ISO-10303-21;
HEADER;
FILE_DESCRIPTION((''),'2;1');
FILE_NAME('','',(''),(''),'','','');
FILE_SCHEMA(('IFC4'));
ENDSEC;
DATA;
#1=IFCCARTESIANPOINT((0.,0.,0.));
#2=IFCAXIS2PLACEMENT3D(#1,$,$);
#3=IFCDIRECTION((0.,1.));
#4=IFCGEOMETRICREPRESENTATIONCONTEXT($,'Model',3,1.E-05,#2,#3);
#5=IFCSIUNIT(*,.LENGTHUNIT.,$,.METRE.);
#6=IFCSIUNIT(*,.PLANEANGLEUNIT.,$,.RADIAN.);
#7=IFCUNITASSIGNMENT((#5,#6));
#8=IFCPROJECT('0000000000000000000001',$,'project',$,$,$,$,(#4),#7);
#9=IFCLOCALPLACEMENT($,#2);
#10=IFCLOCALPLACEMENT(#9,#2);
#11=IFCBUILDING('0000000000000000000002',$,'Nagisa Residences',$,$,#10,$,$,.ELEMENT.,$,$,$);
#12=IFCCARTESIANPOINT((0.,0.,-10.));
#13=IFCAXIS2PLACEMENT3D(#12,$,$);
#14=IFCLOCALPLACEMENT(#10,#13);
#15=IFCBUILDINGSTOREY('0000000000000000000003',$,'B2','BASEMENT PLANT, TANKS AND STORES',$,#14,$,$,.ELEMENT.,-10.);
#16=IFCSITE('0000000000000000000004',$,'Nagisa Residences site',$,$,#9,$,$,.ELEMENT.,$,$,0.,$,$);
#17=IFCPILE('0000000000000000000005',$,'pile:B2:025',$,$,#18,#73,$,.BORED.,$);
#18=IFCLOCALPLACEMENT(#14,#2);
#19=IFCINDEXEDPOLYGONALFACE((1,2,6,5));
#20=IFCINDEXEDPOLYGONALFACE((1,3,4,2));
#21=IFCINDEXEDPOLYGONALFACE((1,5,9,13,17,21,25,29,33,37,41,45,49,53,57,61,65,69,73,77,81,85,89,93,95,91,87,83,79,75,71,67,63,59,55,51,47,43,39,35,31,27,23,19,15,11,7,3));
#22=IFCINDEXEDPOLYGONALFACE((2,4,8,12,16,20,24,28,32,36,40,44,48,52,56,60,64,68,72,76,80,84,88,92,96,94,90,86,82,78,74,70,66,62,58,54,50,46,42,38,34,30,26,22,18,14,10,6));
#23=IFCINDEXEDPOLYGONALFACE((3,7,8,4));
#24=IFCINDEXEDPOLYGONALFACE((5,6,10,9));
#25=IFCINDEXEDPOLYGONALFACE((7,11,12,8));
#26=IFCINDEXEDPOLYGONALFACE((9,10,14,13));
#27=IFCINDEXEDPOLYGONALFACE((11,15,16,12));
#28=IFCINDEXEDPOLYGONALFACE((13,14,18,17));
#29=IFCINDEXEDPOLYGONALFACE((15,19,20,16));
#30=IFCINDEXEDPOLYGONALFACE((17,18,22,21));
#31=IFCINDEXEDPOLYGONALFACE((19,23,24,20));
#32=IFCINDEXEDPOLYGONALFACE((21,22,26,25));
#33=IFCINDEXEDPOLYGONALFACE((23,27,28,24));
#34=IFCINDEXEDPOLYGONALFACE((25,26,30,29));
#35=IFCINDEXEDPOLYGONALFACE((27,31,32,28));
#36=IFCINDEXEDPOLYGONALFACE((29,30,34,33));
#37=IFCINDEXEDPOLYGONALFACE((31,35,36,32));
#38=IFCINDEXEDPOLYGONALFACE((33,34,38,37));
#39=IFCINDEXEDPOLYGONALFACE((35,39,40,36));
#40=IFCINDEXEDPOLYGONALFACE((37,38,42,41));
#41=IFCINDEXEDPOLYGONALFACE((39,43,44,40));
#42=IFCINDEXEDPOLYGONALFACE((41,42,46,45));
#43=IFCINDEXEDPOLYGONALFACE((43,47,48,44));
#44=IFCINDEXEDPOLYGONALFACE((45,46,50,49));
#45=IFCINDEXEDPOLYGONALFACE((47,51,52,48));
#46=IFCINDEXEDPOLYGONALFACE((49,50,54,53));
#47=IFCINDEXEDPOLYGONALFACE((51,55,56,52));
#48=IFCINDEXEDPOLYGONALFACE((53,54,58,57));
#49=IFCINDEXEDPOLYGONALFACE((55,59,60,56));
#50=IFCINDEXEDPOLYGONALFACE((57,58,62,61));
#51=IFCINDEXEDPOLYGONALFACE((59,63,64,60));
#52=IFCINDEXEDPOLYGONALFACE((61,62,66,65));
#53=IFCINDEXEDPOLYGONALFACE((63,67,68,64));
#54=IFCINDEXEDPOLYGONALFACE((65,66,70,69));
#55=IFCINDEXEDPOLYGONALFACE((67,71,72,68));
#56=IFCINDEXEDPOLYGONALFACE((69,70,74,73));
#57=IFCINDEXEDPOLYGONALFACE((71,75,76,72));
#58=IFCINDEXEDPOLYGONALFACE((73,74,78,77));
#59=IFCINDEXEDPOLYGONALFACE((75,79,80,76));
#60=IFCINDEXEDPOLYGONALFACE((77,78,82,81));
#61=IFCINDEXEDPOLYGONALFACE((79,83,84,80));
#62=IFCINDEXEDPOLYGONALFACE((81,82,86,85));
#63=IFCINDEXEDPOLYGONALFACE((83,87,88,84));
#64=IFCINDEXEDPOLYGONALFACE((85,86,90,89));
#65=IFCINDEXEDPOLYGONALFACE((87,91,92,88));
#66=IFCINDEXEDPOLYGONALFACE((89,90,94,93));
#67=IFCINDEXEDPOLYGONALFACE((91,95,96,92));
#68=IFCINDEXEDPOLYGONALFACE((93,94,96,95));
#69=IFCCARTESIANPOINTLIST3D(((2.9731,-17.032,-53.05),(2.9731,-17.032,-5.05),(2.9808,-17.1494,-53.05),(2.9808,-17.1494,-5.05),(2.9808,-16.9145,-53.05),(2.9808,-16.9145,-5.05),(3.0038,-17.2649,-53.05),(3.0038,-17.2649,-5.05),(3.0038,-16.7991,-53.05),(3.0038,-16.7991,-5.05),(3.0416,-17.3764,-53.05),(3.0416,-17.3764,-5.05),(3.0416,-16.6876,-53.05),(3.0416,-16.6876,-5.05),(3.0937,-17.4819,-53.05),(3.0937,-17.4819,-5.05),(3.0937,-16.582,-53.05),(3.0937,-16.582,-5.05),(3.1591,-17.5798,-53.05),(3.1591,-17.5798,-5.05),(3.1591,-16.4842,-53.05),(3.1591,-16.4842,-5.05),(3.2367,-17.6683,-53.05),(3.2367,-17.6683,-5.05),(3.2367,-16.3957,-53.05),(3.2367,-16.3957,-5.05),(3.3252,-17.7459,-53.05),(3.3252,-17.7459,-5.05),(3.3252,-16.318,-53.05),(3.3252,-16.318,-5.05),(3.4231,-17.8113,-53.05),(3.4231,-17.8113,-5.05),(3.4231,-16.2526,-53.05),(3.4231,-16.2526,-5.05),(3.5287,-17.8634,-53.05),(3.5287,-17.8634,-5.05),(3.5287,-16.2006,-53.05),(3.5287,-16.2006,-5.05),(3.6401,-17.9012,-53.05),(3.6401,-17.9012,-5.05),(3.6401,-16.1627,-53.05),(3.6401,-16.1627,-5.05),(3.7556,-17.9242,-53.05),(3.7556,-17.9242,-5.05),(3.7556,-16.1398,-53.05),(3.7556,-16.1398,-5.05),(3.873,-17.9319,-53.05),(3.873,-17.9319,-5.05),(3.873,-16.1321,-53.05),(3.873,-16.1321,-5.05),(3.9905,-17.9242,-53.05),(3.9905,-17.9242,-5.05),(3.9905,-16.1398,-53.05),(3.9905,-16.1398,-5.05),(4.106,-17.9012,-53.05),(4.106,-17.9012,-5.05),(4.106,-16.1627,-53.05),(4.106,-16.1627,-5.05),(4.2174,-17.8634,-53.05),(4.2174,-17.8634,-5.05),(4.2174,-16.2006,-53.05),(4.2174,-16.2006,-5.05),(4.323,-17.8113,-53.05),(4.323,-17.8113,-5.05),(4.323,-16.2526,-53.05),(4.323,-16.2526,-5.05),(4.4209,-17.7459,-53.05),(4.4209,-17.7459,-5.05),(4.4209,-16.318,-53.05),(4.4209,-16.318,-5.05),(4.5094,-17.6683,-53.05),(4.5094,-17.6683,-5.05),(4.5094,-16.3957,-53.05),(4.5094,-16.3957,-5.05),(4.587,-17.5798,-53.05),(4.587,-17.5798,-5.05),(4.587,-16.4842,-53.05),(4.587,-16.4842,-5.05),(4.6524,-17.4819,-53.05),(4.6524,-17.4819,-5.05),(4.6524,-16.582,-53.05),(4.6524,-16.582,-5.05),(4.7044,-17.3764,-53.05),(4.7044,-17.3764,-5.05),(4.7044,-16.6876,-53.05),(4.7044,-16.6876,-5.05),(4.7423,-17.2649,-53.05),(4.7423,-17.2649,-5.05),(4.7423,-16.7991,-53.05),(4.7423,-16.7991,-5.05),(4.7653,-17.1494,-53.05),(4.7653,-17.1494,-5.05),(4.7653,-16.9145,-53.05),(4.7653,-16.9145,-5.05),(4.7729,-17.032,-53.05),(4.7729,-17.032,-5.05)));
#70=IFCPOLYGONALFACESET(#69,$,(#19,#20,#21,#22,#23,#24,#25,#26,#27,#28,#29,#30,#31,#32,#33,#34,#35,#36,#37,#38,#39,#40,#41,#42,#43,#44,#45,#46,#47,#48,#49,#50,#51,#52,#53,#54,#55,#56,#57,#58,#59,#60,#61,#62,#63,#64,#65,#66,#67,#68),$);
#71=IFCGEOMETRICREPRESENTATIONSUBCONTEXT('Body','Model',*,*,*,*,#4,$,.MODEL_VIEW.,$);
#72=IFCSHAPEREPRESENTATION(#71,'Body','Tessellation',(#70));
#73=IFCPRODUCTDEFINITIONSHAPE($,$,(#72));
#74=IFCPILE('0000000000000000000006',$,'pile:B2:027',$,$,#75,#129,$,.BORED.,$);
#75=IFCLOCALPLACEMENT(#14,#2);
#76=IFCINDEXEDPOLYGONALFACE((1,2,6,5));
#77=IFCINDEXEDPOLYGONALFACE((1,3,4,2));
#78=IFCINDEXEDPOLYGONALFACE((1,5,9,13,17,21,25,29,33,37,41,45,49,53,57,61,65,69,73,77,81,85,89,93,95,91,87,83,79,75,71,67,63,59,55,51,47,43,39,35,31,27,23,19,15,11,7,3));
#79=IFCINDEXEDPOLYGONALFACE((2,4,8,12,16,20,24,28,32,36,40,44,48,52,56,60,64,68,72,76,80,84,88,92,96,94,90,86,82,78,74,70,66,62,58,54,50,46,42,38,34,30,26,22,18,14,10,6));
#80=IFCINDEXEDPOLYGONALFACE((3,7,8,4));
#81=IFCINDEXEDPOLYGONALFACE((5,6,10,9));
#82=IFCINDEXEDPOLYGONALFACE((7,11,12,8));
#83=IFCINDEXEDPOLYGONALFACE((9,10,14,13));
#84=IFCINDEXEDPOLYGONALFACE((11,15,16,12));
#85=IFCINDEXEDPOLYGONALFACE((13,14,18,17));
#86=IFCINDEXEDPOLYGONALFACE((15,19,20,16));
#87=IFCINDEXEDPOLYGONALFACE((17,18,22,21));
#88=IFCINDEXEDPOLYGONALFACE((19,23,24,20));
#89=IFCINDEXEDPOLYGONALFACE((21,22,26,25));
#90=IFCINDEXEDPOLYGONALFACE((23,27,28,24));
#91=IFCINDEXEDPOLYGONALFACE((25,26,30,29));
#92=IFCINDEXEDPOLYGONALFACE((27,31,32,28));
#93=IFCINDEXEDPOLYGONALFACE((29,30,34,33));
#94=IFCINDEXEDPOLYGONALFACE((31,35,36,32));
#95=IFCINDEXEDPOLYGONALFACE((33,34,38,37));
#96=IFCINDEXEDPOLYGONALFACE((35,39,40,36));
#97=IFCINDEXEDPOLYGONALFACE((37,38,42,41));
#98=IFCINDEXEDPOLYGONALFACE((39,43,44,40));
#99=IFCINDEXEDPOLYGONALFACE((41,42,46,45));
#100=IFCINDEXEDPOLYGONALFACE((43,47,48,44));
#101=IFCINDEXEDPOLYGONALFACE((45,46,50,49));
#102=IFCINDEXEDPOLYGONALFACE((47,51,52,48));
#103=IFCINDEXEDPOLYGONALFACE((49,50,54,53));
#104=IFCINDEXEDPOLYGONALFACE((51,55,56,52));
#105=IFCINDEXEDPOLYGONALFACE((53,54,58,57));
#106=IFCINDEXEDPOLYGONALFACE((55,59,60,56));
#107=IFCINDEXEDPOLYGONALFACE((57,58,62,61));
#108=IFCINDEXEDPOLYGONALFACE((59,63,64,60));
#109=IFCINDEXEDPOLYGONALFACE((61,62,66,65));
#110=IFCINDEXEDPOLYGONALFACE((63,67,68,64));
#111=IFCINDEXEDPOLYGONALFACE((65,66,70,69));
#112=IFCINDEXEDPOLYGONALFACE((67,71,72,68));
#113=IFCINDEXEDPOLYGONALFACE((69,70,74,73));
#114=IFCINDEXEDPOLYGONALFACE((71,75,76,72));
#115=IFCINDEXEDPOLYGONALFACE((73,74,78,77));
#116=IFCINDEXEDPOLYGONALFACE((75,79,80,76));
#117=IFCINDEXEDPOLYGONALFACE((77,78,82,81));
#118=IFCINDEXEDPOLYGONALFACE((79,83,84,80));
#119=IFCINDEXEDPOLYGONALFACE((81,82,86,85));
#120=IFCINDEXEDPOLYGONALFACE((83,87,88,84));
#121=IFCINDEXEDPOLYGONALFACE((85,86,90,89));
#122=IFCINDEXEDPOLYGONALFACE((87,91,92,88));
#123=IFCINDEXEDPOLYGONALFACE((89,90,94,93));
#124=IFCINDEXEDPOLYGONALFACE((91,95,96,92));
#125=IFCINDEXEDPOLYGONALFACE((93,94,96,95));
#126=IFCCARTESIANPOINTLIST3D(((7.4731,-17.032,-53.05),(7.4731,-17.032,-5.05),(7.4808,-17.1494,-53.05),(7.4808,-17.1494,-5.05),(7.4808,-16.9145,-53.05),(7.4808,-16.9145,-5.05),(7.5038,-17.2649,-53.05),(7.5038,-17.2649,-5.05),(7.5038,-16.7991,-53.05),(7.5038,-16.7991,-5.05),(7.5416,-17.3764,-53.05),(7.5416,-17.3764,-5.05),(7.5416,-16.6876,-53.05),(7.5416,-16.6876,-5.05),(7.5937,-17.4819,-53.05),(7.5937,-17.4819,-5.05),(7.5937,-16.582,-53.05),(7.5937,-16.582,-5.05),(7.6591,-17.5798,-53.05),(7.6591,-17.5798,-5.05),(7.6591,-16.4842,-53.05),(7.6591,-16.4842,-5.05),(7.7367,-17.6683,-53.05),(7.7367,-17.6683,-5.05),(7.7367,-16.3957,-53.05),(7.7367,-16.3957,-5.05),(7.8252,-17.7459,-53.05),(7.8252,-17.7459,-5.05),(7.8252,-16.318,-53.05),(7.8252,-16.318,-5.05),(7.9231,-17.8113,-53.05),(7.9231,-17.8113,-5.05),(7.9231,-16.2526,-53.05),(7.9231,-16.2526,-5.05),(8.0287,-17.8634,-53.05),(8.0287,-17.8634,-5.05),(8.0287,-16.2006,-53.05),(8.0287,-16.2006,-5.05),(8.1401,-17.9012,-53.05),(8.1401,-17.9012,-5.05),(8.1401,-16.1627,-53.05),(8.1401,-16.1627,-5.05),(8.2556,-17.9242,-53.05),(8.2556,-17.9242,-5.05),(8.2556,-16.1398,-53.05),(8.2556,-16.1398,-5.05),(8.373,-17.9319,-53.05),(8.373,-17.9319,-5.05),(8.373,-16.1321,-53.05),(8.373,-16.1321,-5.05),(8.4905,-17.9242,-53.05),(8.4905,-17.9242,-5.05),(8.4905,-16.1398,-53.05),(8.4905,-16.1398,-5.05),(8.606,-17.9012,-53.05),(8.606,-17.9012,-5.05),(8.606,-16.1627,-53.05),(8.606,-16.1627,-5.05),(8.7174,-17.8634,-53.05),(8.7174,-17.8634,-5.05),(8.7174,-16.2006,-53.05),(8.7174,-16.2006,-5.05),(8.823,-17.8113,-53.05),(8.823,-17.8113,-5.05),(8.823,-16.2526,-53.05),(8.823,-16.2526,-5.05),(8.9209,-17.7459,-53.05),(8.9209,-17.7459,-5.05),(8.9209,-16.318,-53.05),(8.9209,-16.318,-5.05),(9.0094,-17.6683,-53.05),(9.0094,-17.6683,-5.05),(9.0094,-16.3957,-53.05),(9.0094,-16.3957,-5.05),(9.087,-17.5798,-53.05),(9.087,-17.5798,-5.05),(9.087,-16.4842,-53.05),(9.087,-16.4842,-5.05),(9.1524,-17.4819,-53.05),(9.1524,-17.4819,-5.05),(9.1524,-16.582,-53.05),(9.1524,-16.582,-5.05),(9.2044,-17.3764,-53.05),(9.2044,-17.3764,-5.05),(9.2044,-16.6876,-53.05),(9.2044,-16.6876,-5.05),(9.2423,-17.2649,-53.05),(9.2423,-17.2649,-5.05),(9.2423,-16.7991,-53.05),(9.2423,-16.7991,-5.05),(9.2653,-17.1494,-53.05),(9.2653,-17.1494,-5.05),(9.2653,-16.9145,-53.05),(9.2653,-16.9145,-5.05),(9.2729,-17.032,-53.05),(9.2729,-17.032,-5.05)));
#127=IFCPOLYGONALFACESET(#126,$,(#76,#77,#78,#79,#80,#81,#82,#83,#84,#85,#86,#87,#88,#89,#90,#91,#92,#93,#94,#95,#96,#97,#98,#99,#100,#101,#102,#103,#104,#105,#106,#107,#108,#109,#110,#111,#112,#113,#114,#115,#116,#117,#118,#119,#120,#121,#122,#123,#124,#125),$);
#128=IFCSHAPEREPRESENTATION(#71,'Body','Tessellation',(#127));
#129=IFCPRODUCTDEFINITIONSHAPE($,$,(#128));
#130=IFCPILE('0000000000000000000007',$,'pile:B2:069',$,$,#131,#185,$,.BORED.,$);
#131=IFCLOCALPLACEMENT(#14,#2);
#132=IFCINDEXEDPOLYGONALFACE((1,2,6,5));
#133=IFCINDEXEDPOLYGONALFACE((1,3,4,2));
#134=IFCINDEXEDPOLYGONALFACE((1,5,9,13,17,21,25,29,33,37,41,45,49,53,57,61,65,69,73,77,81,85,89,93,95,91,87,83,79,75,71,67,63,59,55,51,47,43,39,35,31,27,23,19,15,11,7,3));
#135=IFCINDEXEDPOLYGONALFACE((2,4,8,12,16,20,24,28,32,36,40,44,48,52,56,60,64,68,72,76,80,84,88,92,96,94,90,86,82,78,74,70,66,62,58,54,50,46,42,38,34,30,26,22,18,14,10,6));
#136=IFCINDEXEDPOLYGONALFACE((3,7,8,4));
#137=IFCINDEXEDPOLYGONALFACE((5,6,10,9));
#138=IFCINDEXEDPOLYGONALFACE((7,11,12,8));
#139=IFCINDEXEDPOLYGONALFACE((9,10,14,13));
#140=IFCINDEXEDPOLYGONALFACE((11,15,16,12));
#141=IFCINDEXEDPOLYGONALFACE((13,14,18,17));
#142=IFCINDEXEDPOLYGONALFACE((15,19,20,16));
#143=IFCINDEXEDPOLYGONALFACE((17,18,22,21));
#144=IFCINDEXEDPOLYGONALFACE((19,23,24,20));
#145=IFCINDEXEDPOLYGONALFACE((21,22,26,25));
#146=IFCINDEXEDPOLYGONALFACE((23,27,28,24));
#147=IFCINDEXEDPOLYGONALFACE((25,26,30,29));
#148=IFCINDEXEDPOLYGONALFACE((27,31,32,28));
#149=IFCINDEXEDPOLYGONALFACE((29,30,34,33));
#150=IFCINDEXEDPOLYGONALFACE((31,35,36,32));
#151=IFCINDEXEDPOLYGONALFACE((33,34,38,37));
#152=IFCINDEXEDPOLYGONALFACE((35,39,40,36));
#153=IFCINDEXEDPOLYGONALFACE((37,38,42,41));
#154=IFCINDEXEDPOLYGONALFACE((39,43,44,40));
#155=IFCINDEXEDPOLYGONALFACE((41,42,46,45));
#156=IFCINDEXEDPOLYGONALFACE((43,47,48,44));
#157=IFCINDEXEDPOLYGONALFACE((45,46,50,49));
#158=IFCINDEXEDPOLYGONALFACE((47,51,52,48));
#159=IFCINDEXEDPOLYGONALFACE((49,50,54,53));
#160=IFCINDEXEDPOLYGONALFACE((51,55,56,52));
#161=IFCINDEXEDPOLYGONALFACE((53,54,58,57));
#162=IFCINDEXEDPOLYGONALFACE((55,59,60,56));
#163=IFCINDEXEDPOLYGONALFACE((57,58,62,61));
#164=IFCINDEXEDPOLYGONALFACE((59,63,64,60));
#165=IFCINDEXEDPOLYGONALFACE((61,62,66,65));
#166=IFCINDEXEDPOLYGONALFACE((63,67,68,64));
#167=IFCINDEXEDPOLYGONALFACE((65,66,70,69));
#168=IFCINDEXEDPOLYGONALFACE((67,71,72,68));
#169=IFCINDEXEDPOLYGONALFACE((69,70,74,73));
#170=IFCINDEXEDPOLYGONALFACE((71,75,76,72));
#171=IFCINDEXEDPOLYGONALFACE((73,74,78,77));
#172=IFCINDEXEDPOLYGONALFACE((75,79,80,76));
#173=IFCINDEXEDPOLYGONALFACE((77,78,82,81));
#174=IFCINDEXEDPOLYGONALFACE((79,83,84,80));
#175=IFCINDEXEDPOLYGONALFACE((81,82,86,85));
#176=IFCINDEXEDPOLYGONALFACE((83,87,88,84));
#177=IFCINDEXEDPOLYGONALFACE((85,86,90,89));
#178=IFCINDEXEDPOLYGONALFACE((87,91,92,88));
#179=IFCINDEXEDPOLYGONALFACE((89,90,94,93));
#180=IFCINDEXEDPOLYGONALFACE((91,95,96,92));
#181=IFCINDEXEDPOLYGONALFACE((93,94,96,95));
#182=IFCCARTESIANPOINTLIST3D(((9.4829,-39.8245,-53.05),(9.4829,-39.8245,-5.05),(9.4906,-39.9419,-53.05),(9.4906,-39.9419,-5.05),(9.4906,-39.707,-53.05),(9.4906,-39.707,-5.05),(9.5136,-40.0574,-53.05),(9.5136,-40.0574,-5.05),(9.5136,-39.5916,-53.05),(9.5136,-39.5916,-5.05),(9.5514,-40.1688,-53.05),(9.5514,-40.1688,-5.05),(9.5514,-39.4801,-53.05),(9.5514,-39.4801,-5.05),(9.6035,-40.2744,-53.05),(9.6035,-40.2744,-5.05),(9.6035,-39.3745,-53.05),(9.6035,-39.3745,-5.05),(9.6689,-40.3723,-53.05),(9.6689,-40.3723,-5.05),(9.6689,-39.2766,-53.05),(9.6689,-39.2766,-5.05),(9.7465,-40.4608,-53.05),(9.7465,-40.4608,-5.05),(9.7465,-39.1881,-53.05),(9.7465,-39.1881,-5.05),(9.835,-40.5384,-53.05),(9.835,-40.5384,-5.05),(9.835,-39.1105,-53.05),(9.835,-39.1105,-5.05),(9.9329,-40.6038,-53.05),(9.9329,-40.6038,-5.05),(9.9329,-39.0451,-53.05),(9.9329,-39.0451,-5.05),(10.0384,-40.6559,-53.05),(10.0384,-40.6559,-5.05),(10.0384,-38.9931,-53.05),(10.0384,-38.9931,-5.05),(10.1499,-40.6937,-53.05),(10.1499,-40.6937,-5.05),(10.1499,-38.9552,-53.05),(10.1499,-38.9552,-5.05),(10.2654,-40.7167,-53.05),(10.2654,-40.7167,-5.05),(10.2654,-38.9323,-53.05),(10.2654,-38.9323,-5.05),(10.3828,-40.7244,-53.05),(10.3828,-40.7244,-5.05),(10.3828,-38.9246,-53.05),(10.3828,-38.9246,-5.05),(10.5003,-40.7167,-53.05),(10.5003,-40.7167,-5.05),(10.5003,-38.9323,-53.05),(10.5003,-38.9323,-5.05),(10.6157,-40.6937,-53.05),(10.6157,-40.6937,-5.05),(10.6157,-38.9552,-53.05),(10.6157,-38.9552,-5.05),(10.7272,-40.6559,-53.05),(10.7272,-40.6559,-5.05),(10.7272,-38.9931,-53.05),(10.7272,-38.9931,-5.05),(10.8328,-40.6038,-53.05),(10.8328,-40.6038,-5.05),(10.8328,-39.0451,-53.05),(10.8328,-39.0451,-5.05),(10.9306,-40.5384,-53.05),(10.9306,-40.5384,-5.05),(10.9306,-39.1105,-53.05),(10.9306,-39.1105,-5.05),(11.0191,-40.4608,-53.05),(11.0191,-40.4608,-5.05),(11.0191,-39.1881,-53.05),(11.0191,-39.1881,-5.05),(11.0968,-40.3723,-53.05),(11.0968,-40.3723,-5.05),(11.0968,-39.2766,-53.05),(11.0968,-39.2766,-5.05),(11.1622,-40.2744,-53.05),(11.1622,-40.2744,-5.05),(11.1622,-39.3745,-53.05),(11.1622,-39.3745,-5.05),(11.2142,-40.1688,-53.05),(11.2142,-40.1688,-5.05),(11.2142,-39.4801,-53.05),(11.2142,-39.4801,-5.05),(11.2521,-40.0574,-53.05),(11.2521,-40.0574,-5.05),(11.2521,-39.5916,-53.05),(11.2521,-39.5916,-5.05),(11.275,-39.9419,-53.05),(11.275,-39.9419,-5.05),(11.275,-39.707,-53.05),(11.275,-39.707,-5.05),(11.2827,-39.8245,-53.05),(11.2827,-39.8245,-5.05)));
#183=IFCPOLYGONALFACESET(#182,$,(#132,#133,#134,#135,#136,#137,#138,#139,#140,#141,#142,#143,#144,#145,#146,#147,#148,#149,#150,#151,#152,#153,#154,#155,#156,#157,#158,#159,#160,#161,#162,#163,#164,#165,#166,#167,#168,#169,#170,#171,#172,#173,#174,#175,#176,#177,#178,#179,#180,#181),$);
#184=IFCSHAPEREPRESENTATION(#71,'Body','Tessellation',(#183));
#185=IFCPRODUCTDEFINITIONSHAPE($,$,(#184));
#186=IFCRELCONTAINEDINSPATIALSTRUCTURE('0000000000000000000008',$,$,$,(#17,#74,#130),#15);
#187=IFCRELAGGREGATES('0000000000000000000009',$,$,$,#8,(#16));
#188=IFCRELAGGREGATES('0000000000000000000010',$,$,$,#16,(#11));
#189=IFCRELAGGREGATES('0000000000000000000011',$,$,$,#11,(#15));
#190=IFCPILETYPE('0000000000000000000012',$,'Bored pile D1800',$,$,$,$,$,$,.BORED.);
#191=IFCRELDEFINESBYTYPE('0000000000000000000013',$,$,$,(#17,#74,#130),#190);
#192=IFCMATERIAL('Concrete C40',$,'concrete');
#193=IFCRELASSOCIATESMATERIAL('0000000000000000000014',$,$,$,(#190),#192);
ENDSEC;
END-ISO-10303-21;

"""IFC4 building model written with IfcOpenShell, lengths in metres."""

from ifc_helpers import new_model, si_unit, direction, frame, origin, origin_2d, place, context, subcontext, project, spatial, circle, extrude, material, material_profile, profile_set, type_object, element, save


model = new_model("IFC4")

# Units and contexts
model_context = context("Model", 3, precision=1e-05, world=origin(), true_north=direction((0.0, 1.0)))
body_context = subcontext(model_context, "Body", "Model", "MODEL_VIEW")
ifc_project = project(units=[si_unit("LENGTHUNIT", "METRE"), si_unit("PLANEANGLEUNIT", "RADIAN")], contexts=[model_context])

# Site, building, storey
site_placement = place(None, origin())
site = spatial("IfcSite", under=ifc_project, at=site_placement, Name="Nagisa Residences site", CompositionType="ELEMENT", RefElevation=0.0)
building_placement = place(site_placement, origin())
building = spatial("IfcBuilding", under=site, at=building_placement, Name="Nagisa Residences", CompositionType="ELEMENT")
storey_placement = place(building_placement, frame((0.0, 0.0, -10.0)))
storey = spatial("IfcBuildingStorey", under=building, at=storey_placement, Name="B2", Description="BASEMENT PLANT, TANKS AND STORES", CompositionType="ELEMENT", Elevation=-10.0)

# Piles
ifc_material_1 = material(Name="Concrete C40", Category="concrete")
ifc_material_profile_1 = material_profile(ifc_material_1, circle(Radius=0.8999, at=origin_2d()), Name="Bored pile D1800")
ifc_profile_set_1 = profile_set([ifc_material_profile_1], Name="Concrete C40")
pile_type = type_object("IfcPileType", Name="Bored pile D1800", PredefinedType="BORED", material=ifc_profile_set_1)
for number, where, z_axis, x_axis, name in (
    (1, (3.873, -17.032, -5.05), (0.0, 0.0, -1.0), (1.0, 0.0, 0.0), "pile:B2:025"),
    (2, (8.373, -17.032, -5.05), (0.0, 0.0, -1.0), (1.0, 0.0, 0.0), "pile:B2:027"),
    (3, (10.3828, -39.8245, -5.05), (0.0, 0.0, -1.0), (1.0, 0.0, 0.0), "pile:B2:069"),
):
    element("IfcPile", number, at=place(storey_placement, frame(where, z_axis=z_axis, x_axis=x_axis)), inside=storey, type_object=pile_type, Name=name, PredefinedType="BORED", context=body_context, shape_type="SweptSolid", body=[
        extrude(circle(Radius=0.8999, at=origin_2d()), origin(), (0.0, 0.0, 1.0), 48.0),
    ])

save(model, "model.ifc")
